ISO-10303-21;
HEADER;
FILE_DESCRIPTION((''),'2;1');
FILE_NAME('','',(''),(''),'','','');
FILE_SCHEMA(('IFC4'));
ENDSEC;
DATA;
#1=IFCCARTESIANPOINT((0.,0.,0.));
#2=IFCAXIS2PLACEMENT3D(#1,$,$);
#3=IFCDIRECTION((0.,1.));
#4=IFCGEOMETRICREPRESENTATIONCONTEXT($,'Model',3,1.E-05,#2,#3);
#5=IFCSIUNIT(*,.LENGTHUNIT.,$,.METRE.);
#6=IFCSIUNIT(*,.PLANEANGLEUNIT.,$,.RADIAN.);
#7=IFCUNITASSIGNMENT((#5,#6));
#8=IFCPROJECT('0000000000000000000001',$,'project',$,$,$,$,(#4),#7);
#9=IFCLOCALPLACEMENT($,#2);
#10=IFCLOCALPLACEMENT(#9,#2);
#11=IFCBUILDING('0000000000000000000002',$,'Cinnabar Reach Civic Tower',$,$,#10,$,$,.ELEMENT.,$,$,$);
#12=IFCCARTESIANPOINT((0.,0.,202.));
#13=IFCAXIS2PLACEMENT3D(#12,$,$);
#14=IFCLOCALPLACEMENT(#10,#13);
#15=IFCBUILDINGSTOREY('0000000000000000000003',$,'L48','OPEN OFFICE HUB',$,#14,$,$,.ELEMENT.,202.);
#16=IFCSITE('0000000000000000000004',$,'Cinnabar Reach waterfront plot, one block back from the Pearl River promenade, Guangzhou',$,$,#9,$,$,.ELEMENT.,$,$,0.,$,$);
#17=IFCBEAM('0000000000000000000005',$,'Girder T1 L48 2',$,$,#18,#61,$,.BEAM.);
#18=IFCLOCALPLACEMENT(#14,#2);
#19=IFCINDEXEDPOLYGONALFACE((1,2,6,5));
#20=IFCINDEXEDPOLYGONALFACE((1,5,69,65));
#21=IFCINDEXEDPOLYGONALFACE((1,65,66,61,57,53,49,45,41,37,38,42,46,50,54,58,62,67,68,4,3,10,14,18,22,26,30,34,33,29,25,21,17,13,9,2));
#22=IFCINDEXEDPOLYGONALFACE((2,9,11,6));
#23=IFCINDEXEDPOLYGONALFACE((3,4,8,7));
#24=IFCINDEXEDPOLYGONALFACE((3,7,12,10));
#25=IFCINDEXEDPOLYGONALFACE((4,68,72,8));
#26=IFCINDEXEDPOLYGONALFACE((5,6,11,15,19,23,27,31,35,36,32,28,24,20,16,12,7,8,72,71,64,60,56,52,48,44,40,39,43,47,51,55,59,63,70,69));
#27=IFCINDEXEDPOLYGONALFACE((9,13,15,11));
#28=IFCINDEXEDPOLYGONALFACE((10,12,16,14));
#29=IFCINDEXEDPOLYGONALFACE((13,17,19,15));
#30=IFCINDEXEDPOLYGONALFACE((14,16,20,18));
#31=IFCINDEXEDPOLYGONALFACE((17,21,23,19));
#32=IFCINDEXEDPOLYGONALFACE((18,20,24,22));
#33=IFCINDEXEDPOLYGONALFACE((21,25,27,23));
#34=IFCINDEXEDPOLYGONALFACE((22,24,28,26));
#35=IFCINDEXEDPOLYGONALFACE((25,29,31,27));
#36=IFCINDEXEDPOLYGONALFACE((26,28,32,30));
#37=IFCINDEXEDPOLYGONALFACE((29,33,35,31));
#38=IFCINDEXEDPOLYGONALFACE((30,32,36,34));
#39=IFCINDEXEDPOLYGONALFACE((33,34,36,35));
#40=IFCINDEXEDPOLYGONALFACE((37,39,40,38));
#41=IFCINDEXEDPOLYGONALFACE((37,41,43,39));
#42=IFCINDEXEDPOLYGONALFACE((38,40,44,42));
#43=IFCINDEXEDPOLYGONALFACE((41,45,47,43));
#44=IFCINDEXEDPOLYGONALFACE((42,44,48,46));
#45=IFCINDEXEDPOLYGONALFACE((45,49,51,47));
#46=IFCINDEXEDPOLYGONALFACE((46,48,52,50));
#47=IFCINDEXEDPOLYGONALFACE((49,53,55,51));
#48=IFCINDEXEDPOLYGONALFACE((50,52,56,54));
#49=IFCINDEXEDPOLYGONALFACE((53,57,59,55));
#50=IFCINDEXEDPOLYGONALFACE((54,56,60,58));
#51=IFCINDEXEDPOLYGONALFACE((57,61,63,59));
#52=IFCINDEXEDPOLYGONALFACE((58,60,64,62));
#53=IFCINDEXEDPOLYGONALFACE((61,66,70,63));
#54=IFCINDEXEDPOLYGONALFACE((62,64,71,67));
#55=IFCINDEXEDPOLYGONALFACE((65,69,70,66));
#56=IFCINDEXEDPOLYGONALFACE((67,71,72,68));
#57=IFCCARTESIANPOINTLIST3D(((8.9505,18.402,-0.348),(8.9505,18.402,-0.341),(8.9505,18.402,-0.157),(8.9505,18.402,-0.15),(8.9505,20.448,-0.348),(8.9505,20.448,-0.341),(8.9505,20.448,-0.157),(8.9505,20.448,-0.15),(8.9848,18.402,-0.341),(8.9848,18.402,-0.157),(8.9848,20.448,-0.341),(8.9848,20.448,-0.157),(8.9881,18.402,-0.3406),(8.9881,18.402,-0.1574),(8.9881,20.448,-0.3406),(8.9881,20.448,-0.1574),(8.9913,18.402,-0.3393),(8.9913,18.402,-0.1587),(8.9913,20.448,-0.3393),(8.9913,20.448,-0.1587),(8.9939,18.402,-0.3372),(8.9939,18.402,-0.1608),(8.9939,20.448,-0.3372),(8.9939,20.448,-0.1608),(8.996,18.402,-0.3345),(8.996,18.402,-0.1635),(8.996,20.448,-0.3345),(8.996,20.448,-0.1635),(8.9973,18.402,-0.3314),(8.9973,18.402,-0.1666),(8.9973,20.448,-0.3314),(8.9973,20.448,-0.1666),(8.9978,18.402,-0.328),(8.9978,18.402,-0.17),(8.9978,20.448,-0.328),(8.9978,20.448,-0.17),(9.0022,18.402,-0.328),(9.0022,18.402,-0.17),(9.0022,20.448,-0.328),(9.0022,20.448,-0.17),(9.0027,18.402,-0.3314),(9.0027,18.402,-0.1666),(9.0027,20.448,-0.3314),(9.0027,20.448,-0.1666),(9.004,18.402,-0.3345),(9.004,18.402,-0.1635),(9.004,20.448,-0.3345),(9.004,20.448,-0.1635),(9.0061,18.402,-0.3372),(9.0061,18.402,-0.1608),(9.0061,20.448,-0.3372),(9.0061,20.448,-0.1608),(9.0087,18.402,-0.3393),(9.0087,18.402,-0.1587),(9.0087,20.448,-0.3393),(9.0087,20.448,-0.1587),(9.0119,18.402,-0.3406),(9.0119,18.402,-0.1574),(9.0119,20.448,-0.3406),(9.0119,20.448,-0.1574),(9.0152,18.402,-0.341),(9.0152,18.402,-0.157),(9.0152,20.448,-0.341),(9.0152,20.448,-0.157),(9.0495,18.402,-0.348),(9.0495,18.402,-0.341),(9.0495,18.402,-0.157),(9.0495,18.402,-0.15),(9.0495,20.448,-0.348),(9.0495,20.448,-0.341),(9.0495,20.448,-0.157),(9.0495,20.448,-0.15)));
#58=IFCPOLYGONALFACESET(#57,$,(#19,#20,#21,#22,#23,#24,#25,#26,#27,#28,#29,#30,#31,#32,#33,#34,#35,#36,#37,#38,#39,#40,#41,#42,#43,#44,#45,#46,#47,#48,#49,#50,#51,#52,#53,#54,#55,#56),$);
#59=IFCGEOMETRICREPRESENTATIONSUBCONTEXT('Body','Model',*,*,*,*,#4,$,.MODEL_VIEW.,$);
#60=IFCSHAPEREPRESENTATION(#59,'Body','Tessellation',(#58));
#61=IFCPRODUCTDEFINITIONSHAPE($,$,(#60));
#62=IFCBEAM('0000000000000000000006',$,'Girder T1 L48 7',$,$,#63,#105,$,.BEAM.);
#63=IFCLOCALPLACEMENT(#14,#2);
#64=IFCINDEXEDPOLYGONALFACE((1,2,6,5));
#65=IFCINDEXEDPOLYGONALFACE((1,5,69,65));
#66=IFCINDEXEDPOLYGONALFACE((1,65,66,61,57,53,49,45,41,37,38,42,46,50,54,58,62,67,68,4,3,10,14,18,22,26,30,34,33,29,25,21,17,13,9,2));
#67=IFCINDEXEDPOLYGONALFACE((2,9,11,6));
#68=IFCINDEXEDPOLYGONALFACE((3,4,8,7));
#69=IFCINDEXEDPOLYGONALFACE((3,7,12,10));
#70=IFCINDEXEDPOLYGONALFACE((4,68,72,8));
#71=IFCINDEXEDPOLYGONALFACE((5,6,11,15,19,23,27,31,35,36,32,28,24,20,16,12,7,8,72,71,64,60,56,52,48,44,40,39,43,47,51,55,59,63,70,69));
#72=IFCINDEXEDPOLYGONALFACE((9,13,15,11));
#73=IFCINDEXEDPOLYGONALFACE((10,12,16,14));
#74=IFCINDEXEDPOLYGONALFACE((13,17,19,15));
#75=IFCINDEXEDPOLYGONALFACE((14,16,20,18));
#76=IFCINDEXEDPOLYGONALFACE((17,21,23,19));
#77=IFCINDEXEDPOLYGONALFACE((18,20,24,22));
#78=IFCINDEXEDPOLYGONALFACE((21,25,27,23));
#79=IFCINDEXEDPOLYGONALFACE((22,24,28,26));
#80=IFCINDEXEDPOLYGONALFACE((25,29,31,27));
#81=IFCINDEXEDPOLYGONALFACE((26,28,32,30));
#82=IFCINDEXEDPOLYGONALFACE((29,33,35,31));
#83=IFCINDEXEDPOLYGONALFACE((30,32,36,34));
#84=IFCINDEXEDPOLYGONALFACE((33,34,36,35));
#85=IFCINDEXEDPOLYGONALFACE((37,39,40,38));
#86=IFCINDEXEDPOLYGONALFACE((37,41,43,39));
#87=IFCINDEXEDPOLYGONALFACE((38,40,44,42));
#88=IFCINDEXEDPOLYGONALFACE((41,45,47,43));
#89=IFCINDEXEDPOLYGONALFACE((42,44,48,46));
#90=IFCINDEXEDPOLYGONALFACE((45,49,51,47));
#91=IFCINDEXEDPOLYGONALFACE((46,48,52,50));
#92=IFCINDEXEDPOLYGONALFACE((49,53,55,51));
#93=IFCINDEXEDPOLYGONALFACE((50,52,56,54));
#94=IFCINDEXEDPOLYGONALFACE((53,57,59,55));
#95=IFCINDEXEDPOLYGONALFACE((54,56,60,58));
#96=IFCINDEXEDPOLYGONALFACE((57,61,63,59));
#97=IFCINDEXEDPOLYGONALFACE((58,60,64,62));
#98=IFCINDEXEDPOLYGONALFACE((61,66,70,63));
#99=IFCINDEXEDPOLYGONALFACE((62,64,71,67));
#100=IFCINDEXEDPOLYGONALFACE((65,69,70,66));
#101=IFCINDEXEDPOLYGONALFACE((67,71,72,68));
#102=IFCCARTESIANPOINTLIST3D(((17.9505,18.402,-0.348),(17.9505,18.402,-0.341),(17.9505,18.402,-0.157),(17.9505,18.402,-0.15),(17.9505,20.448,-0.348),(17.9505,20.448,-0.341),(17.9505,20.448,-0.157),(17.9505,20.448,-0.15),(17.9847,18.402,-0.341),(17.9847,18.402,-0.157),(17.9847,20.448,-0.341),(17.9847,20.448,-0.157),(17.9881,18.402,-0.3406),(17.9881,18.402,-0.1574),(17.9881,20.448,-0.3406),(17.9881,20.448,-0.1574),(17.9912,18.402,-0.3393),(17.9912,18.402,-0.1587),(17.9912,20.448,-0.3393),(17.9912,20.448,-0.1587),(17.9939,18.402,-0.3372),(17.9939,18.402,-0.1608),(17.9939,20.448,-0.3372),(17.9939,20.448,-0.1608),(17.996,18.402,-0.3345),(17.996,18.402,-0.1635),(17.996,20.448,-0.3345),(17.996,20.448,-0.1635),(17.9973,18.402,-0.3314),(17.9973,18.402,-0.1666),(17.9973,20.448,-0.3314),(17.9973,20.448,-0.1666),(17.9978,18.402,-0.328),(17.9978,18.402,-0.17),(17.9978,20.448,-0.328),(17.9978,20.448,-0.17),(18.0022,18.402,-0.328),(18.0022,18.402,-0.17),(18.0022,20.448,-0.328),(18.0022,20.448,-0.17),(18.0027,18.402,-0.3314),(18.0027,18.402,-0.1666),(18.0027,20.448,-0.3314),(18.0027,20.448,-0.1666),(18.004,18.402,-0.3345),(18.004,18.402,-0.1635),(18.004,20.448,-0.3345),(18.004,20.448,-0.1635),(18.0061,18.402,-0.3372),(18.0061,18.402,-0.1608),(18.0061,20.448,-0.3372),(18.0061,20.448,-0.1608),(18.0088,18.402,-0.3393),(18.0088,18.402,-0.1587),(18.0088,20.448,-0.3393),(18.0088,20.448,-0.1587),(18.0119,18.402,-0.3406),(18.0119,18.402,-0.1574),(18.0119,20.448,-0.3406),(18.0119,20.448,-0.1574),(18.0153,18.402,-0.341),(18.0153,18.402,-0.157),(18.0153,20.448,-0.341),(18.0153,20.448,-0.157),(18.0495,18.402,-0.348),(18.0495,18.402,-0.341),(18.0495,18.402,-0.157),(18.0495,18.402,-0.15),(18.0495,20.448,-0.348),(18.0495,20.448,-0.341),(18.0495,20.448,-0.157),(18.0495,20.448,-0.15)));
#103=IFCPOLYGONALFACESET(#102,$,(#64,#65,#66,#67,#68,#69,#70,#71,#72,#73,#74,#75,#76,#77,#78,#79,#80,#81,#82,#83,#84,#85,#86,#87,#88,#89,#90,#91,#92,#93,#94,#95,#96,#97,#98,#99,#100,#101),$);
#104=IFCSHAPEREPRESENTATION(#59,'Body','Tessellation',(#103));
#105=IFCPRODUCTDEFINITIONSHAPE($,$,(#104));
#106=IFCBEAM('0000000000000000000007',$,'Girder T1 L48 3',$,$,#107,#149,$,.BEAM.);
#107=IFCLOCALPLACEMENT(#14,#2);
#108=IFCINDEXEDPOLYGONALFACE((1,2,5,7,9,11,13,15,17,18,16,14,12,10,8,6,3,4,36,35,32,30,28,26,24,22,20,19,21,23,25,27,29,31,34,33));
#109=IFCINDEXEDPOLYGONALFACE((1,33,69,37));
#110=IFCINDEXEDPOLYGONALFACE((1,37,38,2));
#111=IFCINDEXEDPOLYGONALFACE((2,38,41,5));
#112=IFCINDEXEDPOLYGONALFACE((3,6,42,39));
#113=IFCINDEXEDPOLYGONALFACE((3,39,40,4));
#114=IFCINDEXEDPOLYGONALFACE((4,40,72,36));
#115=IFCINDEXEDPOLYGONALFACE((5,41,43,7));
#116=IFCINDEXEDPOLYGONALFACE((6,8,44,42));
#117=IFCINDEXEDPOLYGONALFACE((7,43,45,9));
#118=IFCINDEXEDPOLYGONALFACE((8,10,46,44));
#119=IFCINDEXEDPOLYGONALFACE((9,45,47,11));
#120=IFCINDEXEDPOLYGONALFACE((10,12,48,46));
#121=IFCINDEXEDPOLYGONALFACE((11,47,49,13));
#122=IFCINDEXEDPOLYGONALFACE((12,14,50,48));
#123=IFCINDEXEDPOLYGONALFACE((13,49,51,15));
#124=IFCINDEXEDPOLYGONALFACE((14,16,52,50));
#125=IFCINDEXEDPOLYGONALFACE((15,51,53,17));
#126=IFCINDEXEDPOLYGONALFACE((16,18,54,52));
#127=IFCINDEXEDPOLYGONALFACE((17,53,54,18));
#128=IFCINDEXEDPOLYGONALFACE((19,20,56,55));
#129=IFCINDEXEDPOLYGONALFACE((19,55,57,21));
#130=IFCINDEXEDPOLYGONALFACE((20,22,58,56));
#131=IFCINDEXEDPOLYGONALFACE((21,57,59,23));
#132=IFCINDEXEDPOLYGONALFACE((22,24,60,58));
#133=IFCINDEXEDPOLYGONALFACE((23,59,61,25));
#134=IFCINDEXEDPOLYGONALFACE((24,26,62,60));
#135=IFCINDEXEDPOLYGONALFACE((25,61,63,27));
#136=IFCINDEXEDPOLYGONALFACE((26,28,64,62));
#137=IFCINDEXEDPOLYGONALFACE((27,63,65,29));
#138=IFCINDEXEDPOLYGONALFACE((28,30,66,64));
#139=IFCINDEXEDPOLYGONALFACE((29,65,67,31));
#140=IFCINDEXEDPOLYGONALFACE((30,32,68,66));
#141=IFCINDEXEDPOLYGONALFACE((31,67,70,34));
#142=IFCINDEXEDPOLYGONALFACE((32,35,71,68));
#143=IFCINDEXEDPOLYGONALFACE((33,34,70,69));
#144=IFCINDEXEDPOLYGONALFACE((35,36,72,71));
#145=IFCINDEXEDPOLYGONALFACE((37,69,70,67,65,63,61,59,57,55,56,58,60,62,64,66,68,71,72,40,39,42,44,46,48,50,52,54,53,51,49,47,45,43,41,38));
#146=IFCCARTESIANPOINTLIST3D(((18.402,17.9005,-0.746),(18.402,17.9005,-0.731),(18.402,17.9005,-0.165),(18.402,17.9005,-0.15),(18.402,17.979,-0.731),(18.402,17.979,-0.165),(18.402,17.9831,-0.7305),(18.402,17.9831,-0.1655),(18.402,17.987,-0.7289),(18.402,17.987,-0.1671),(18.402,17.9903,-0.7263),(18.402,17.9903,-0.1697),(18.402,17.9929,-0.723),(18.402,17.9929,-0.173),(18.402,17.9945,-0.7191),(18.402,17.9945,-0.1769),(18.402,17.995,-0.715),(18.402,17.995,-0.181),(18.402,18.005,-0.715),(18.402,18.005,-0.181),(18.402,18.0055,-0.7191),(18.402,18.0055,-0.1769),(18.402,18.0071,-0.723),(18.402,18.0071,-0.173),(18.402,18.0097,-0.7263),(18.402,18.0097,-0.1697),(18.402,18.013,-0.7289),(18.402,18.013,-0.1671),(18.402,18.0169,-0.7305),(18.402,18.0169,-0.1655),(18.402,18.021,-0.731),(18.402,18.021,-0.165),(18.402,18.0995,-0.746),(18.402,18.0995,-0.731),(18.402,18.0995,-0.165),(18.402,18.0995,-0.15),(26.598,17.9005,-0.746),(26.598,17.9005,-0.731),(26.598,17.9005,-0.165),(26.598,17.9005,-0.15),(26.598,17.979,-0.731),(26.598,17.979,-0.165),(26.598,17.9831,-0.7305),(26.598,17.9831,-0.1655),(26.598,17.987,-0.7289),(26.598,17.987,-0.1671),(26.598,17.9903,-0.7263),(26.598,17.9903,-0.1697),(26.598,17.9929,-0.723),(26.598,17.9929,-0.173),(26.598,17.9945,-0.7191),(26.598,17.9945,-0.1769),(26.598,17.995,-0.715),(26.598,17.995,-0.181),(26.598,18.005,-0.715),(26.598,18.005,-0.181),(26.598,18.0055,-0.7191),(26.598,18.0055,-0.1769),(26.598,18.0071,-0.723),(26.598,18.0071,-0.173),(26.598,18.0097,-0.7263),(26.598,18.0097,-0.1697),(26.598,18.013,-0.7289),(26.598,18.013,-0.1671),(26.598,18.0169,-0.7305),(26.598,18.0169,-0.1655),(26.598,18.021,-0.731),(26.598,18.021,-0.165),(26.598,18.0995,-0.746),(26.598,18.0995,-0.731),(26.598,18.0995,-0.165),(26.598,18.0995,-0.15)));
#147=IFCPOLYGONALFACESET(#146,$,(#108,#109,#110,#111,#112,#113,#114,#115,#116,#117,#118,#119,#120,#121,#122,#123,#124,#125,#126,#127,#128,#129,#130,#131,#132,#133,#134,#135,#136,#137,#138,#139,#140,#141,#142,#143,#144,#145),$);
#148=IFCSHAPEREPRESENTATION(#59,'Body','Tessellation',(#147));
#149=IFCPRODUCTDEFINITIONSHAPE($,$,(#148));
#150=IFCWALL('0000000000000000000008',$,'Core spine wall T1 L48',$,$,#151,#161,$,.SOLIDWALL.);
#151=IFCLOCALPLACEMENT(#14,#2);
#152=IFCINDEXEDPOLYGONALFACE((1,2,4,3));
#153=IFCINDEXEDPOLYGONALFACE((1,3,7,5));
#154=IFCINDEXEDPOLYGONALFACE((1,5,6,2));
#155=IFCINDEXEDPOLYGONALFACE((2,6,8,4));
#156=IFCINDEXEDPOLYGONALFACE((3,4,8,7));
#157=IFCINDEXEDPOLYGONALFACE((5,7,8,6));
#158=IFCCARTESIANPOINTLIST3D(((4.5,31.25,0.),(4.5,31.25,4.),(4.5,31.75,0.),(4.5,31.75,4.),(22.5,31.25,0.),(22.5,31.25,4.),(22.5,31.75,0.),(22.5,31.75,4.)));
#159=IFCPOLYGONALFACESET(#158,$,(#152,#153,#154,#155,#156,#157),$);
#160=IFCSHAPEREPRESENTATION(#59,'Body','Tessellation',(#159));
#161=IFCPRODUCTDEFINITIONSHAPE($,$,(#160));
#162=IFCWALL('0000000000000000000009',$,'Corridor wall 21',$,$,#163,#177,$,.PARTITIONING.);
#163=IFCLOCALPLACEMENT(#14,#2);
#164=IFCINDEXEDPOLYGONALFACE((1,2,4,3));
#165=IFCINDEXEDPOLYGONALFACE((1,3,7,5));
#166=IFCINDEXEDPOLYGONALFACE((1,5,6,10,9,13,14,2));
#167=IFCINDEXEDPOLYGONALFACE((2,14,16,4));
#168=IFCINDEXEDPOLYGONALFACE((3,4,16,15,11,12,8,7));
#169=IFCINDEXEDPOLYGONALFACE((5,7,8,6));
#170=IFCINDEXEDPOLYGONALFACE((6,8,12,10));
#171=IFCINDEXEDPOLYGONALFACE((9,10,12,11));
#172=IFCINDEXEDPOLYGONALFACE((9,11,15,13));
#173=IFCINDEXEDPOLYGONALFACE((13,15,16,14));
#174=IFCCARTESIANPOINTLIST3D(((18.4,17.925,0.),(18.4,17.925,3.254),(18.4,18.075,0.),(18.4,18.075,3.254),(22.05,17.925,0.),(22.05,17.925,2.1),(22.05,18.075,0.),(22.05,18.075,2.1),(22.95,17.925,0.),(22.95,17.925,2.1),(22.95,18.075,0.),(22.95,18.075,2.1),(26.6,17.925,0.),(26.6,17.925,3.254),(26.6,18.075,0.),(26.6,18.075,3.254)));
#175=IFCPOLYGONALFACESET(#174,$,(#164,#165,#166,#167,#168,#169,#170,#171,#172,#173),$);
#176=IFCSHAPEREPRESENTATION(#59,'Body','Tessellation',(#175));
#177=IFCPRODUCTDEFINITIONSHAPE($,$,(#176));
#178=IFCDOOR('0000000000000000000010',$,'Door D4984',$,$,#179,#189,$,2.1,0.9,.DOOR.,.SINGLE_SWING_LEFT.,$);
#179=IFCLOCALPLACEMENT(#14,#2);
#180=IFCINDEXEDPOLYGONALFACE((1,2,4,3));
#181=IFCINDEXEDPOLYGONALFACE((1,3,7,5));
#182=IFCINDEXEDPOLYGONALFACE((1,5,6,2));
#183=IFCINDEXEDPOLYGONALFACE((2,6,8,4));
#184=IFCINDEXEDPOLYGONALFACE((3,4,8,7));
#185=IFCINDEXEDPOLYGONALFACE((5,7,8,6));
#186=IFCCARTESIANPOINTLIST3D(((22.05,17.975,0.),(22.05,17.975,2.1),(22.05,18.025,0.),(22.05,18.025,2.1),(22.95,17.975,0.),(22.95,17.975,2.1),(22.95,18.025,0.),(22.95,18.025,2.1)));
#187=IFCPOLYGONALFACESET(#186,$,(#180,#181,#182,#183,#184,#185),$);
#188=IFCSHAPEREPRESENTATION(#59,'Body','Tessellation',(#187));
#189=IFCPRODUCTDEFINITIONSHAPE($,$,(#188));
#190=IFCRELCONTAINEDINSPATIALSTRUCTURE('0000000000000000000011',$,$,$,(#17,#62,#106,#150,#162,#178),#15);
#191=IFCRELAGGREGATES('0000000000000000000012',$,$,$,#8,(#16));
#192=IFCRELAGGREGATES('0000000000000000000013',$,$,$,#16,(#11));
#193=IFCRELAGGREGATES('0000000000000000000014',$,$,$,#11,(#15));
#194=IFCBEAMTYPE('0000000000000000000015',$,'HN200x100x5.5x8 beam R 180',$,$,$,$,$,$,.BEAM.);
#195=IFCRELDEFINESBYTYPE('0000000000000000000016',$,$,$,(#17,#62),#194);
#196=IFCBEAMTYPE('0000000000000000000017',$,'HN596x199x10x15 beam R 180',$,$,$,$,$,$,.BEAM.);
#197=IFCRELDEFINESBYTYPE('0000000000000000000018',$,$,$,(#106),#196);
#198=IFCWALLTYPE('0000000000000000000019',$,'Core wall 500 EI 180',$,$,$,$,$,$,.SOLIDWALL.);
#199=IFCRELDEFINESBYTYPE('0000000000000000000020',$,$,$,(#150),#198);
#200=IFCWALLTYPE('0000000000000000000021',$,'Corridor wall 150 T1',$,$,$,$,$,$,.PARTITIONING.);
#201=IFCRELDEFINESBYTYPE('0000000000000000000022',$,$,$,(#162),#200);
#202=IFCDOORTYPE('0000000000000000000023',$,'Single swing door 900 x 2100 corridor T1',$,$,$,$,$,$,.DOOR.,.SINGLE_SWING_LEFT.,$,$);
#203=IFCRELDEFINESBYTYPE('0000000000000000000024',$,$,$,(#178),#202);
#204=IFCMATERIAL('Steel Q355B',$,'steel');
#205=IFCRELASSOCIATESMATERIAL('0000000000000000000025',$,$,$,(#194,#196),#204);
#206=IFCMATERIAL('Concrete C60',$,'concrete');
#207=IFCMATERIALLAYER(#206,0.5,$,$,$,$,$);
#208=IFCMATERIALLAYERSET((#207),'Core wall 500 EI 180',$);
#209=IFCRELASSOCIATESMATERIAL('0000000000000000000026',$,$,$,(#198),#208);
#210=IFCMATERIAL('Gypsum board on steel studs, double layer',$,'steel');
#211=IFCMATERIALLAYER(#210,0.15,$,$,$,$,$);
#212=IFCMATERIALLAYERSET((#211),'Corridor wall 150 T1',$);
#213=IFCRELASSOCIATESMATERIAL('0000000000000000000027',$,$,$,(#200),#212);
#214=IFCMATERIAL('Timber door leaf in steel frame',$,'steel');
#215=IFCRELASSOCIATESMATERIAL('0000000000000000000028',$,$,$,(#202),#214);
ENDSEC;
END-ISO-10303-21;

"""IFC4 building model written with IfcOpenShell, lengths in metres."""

from ifc_helpers import new_model, si_unit, direction, frame, frame_2d, origin, origin_2d, place, context, subcontext, project, spatial, rectangle, i_section, extrude, material, layer, layer_set, material_profile, profile_set, type_object, element, fill, save


model = new_model("IFC4")

# Units and contexts
model_context = context("Model", 3, precision=1e-05, world=origin(), true_north=direction((0.0, 1.0)))
body_context = subcontext(model_context, "Body", "Model", "MODEL_VIEW")
ifc_project = project(units=[si_unit("LENGTHUNIT", "METRE"), si_unit("PLANEANGLEUNIT", "RADIAN")], contexts=[model_context])

# Site, building, storey
site_placement = place(None, origin())
site = spatial("IfcSite", under=ifc_project, at=site_placement, Name="Cinnabar Reach waterfront plot, one block back from the Pearl River promenade, Guangzhou", CompositionType="ELEMENT", RefElevation=0.0)
building_placement = place(site_placement, origin())
building = spatial("IfcBuilding", under=site, at=building_placement, Name="Cinnabar Reach Civic Tower", CompositionType="ELEMENT")
storey_placement = place(building_placement, frame((0.0, 0.0, 202.0)))
storey = spatial("IfcBuildingStorey", under=building, at=storey_placement, Name="L48", Description="OPEN OFFICE HUB", CompositionType="ELEMENT", Elevation=202.0)

# Beams
ifc_material_1 = material(Name="Steel Q355B", Category="steel")
ifc_material_profile_1 = material_profile(ifc_material_1, i_section(OverallWidth=0.099, OverallDepth=0.198, WebThickness=0.0045, FlangeThickness=0.007, FilletRadius=0.013, at=origin_2d()), Name="HN200x100x5.5x8")
ifc_profile_set_1 = profile_set([ifc_material_profile_1], Name="Steel Q355B")
beam_type_1 = type_object("IfcBeamType", Name="HN200x100x5.5x8 beam R 180", PredefinedType="BEAM", material=ifc_profile_set_1)
for number, where, z_axis, x_axis, name in (
    (1, (9.0, 18.402, -0.249), (0.0, 1.0, 0.0), (-1.0, 0.0, 0.0), "Girder T1 L48 2"),
    (2, (18.0, 18.402, -0.249), (0.0, 1.0, 0.0), (-1.0, 0.0, 0.0), "Girder T1 L48 7"),
):
    element("IfcBeam", number, at=place(storey_placement, frame(where, z_axis=z_axis, x_axis=x_axis)), inside=storey, type_object=beam_type_1, Name=name, PredefinedType="BEAM", context=body_context, shape_type="SweptSolid", body=[
        extrude(i_section(OverallWidth=0.099, OverallDepth=0.198, WebThickness=0.0045, FlangeThickness=0.007, FilletRadius=0.013, at=origin_2d()), origin(), (0.0, 0.0, 1.0), 2.046),
    ])
ifc_material_profile_2 = material_profile(ifc_material_1, i_section(OverallWidth=0.199, OverallDepth=0.596, WebThickness=0.01, FlangeThickness=0.015, FilletRadius=0.016, at=origin_2d()), Name="HN596x199x10x15")
ifc_profile_set_2 = profile_set([ifc_material_profile_2], Name="Steel Q355B")
beam_type_2 = type_object("IfcBeamType", Name="HN596x199x10x15 beam R 180", PredefinedType="BEAM", material=ifc_profile_set_2)
beam_placement = place(storey_placement, frame((18.402, 18.0, -0.448), z_axis=(1.0, 0.0, 0.0), x_axis=(0.0, 1.0, 0.0)))
element("IfcBeam", 3, at=beam_placement, inside=storey, type_object=beam_type_2, Name="Girder T1 L48 3", PredefinedType="BEAM", context=body_context, shape_type="SweptSolid", body=[
    extrude(i_section(OverallWidth=0.199, OverallDepth=0.596, WebThickness=0.01, FlangeThickness=0.015, FilletRadius=0.016, at=origin_2d()), origin(), (0.0, 0.0, 1.0), 8.196),
])

# Wall
ifc_material_2 = material(Name="Concrete C60", Category="concrete")
ifc_layer_1 = layer(ifc_material_2, 0.5)
ifc_layer_set_1 = layer_set([ifc_layer_1], Name="Core wall 500 EI 180")
wall_type_1 = type_object("IfcWallType", Name="Core wall 500 EI 180", PredefinedType="SOLIDWALL", material=ifc_layer_set_1)
wall_1_placement = place(storey_placement, frame((4.5, 31.5, 0.0), z_axis=(0.0, 0.0, 1.0), x_axis=(1.0, 0.0, 0.0)))
element("IfcWall", 4, at=wall_1_placement, inside=storey, type_object=wall_type_1, Name="Core spine wall T1 L48", PredefinedType="SOLIDWALL", context=body_context, shape_type="SweptSolid", body=[
    extrude(rectangle(XDim=18.0, YDim=0.5, at=frame_2d((9.0, 0.0))), origin(), (0.0, 0.0, 1.0), 4.0),
])

# Wall, opening, door
ifc_material_3 = material(Name="Gypsum board on steel studs, double layer", Category="steel")
ifc_layer_2 = layer(ifc_material_3, 0.15)
ifc_layer_set_2 = layer_set([ifc_layer_2], Name="Corridor wall 150 T1")
wall_type_2 = type_object("IfcWallType", Name="Corridor wall 150 T1", PredefinedType="PARTITIONING", material=ifc_layer_set_2)
wall_2_placement = place(storey_placement, frame((18.4, 18.0, 0.0), z_axis=(0.0, 0.0, 1.0), x_axis=(1.0, 0.0, 0.0)))
wall_2 = element("IfcWall", 5, at=wall_2_placement, inside=storey, type_object=wall_type_2, Name="Corridor wall 21", PredefinedType="PARTITIONING", context=body_context, shape_type="SweptSolid", body=[
    extrude(rectangle(XDim=8.2, YDim=0.15, at=frame_2d((4.1, 0.0))), origin(), (0.0, 0.0, 1.0), 3.254),
])
opening_placement = place(wall_2_placement, frame((3.65, 0.0, 0.0)))
opening = element("IfcOpeningElement", 6, at=opening_placement, cuts=wall_2, PredefinedType="OPENING", context=body_context, shape_type="SweptSolid", body=[
    extrude(rectangle(XDim=0.9, YDim=2.1, at=frame_2d((0.45, 1.05))), frame((0.0, 0.085, 0.0), z_axis=(0.0, -1.0, 0.0), x_axis=(1.0, 0.0, 0.0)), (0.0, 0.0, 1.0), 0.17),
])
ifc_material_4 = material(Name="Timber door leaf in steel frame", Category="steel")
door_type = type_object("IfcDoorType", Name="Single swing door 900 x 2100 corridor T1", OperationType="SINGLE_SWING_LEFT", PredefinedType="DOOR", material=ifc_material_4)
door_placement = place(opening_placement, frame((0.9, 0.0, 0.0), z_axis=(0.0, 0.0, 1.0), x_axis=(-1.0, 0.0, 0.0)))
door = element("IfcDoor", 7, at=door_placement, inside=storey, type_object=door_type, Name="Door D4984", OperationType="SINGLE_SWING_LEFT", OverallHeight=2.1, OverallWidth=0.9, PredefinedType="DOOR", context=body_context, shape_type="SweptSolid", body=[
    extrude(rectangle(XDim=0.9, YDim=2.1, at=frame_2d((0.45, 1.05))), frame((0.0, 0.025, 0.0), z_axis=(0.0, -1.0, 0.0), x_axis=(1.0, 0.0, 0.0)), (0.0, 0.0, 1.0), 0.05),
])
fill(opening, door)

save(model, "model.ifc")
